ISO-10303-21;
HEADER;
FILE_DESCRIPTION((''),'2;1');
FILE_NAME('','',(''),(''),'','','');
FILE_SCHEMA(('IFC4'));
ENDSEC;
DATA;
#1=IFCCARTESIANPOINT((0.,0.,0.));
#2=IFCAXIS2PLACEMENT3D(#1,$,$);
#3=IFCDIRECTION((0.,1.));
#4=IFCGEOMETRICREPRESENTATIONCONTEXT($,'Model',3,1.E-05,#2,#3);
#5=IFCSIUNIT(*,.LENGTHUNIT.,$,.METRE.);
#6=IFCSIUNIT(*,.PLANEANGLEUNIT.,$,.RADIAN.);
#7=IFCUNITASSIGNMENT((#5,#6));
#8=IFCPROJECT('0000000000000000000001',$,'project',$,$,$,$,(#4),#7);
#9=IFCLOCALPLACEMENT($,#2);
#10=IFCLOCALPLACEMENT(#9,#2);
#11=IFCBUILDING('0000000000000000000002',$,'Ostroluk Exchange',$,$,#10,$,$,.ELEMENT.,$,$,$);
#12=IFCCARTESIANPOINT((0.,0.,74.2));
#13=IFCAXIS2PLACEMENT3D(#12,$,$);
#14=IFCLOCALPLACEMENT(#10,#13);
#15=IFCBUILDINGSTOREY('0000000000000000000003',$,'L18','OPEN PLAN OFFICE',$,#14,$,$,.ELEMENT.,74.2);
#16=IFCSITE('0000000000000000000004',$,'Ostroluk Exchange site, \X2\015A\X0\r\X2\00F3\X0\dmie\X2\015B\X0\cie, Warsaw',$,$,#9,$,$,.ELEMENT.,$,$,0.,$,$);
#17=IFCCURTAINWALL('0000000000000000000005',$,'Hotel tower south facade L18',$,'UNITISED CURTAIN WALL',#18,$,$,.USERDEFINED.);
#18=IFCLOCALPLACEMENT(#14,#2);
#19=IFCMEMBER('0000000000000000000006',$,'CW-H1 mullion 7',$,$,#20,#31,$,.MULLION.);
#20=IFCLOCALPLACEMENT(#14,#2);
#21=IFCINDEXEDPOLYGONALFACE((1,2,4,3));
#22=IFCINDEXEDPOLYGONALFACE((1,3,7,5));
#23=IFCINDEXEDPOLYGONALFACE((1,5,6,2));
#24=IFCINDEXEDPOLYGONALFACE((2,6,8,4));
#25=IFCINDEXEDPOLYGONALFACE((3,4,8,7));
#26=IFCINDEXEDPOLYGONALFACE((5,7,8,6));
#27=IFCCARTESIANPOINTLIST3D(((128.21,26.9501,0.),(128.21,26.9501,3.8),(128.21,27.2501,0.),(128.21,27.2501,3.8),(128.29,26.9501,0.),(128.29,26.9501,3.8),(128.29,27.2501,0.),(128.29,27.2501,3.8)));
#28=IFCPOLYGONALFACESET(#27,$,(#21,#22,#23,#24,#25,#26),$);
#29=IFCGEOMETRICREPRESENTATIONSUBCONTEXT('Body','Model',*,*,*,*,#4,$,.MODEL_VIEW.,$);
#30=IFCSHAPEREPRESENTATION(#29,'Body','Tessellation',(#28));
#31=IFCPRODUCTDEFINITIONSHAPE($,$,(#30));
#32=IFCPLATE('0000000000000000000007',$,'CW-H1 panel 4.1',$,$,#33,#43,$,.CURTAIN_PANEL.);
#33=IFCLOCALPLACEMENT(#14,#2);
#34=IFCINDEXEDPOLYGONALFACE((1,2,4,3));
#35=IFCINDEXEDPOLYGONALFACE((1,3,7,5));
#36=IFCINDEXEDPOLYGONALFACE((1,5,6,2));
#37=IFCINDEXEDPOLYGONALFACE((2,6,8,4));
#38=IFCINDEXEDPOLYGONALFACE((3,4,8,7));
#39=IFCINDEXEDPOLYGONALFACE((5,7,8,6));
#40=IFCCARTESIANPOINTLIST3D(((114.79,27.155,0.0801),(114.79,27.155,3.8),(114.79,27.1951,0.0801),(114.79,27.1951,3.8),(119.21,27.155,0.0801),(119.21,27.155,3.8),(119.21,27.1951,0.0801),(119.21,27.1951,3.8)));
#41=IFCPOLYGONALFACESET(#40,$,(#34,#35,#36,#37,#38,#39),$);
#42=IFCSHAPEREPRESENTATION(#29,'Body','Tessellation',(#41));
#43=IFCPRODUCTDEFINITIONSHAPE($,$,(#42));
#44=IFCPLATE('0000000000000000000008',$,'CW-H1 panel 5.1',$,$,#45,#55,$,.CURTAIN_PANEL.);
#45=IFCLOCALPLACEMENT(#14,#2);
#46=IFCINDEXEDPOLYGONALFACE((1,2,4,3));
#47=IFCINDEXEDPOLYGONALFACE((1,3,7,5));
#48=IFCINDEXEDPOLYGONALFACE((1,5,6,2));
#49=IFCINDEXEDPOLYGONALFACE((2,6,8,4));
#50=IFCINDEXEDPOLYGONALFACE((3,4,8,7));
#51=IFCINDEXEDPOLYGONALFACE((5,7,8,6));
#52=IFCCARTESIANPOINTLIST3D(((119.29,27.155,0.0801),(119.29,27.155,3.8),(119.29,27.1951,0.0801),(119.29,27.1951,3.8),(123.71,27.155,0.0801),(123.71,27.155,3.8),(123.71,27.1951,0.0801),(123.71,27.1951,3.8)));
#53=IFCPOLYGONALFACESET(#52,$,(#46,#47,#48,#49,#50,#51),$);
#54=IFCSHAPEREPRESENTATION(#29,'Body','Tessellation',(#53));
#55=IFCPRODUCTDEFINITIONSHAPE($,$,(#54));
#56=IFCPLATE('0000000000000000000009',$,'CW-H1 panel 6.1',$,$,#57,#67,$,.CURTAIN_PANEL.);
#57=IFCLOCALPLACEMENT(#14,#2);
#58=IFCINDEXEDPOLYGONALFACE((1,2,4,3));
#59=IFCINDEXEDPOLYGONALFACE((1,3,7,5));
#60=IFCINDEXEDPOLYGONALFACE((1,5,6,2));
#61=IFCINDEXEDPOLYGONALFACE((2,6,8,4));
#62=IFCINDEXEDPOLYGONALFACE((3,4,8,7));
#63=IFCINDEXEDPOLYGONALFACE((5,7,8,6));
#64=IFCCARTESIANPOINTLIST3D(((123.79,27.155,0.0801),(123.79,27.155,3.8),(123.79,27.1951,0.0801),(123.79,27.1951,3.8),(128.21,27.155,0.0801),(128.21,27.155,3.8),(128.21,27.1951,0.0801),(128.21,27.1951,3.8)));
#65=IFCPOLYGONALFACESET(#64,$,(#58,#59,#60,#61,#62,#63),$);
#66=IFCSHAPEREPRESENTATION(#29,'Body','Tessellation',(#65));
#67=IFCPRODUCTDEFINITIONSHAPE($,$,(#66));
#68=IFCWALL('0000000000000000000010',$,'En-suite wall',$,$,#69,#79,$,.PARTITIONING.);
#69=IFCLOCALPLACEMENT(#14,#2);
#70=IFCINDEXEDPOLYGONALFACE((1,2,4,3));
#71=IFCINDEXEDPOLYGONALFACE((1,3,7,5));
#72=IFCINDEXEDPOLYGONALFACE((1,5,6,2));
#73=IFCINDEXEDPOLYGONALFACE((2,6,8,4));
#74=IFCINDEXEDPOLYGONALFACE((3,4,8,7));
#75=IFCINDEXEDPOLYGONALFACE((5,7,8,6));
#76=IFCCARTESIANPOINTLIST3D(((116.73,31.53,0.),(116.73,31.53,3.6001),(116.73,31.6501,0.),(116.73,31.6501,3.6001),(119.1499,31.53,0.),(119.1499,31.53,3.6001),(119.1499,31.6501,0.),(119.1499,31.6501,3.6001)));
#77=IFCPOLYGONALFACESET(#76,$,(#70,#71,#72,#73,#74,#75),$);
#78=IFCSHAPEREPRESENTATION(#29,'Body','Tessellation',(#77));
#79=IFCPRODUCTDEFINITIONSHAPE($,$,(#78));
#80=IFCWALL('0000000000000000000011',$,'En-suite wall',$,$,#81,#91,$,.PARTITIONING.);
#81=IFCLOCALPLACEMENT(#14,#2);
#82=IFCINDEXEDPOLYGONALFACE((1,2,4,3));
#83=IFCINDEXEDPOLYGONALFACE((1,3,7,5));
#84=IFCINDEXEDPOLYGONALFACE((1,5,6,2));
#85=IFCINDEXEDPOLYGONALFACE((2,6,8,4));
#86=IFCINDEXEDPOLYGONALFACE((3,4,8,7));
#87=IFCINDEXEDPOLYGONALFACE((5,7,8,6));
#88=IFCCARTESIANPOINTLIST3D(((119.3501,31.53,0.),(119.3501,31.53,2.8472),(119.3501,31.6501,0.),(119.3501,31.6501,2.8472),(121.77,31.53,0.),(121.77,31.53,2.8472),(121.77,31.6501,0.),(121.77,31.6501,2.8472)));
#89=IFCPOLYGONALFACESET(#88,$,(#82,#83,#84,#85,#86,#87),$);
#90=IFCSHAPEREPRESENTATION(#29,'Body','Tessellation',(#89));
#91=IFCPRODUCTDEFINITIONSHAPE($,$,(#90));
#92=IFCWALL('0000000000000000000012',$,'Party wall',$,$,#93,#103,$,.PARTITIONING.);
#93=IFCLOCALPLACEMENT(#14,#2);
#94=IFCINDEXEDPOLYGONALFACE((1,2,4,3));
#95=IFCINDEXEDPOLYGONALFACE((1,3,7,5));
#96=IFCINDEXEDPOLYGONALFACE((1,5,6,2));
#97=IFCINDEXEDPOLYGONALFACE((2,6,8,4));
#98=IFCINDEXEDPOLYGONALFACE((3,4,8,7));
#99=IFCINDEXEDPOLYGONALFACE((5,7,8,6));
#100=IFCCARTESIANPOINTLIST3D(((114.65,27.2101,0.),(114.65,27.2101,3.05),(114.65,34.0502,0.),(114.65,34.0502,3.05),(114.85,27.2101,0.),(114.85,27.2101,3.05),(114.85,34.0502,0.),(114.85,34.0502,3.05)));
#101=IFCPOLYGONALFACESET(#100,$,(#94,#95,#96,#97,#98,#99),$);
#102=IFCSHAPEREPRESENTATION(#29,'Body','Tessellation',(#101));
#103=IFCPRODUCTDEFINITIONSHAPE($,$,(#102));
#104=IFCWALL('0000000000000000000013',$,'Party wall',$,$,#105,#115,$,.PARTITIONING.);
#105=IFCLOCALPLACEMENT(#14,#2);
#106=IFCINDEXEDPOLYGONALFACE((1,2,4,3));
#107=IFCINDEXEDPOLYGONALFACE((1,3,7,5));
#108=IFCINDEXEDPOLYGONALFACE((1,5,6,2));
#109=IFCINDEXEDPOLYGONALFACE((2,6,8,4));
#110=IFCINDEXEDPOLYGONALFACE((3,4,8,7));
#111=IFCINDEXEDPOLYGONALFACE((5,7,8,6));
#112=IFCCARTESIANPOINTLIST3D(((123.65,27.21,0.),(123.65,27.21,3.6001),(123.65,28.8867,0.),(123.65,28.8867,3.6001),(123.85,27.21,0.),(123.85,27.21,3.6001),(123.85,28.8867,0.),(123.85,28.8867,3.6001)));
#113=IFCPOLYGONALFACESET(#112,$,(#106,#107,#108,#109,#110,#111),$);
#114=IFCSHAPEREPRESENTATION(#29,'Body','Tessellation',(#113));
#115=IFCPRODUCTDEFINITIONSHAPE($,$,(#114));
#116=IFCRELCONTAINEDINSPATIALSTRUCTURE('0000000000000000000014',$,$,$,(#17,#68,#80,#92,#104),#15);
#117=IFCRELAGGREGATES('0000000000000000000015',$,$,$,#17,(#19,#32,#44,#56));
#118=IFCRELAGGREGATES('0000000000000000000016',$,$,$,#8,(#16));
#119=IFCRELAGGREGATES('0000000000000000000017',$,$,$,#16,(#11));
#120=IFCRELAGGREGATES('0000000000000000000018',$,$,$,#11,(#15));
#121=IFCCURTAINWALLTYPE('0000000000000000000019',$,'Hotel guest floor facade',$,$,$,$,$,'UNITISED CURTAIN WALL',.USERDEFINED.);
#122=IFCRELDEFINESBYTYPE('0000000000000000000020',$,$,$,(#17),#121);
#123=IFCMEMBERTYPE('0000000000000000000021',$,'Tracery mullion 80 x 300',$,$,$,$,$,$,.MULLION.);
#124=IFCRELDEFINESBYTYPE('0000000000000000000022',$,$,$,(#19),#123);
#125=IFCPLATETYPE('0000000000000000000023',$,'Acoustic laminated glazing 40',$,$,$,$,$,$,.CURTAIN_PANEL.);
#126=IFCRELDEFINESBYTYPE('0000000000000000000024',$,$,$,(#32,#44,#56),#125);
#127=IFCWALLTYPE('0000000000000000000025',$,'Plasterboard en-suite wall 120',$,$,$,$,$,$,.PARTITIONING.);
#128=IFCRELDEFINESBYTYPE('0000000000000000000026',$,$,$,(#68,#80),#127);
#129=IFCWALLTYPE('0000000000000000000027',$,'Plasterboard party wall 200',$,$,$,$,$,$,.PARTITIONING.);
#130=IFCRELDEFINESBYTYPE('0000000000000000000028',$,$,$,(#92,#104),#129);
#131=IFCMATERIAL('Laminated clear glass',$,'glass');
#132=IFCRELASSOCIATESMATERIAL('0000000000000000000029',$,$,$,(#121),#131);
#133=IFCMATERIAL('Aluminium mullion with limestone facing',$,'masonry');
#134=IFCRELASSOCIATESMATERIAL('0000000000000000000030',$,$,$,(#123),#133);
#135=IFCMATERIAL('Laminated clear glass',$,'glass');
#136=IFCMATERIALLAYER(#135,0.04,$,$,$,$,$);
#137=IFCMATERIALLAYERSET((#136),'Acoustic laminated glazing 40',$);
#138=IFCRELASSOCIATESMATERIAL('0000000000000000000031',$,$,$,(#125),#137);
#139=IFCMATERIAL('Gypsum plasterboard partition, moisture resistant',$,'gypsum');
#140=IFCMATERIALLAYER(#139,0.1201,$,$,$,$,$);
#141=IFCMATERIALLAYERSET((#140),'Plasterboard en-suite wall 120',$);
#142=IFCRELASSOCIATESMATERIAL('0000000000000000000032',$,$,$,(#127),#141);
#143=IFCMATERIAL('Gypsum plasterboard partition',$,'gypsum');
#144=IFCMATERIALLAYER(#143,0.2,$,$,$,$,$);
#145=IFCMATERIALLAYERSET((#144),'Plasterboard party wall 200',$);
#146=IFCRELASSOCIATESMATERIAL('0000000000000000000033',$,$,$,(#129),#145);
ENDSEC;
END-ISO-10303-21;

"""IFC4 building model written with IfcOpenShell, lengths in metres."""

from ifc_helpers import new_model, si_unit, direction, frame, frame_2d, origin, origin_2d, place, context, subcontext, project, spatial, rectangle, extrude, material, layer, layer_set, material_profile, profile_set, type_object, element, aggregate, save


model = new_model("IFC4")

# Units and contexts
model_context = context("Model", 3, precision=1e-05, world=origin(), true_north=direction((0.0, 1.0)))
body_context = subcontext(model_context, "Body", "Model", "MODEL_VIEW")
ifc_project = project(units=[si_unit("LENGTHUNIT", "METRE"), si_unit("PLANEANGLEUNIT", "RADIAN")], contexts=[model_context])

# Site, building, storey
site_placement = place(None, origin())
site = spatial("IfcSite", under=ifc_project, at=site_placement, Name="Ostroluk Exchange site, Śródmieście, Warsaw", CompositionType="ELEMENT", RefElevation=0.0)
building_placement = place(site_placement, origin())
building = spatial("IfcBuilding", under=site, at=building_placement, Name="Ostroluk Exchange", CompositionType="ELEMENT")
storey_placement = place(building_placement, frame((0.0, 0.0, 74.2)))
storey = spatial("IfcBuildingStorey", under=building, at=storey_placement, Name="L18", Description="OPEN PLAN OFFICE", CompositionType="ELEMENT", Elevation=74.2)

# Curtain wall, member, plates
ifc_material_1 = material(Name="Laminated clear glass", Category="glass")
curtain_wall_type = type_object("IfcCurtainWallType", Name="Hotel guest floor facade", ElementType="UNITISED CURTAIN WALL", PredefinedType="USERDEFINED", material=ifc_material_1)
curtain_wall_placement = place(storey_placement, origin())
curtain_wall = element("IfcCurtainWall", 1, at=curtain_wall_placement, inside=storey, type_object=curtain_wall_type, Name="Hotel tower south facade L18", ObjectType="UNITISED CURTAIN WALL", PredefinedType="USERDEFINED")
ifc_material_2 = material(Name="Aluminium mullion with limestone facing", Category="masonry")
ifc_material_profile_1 = material_profile(ifc_material_2, rectangle(XDim=0.3, YDim=0.0801, at=origin_2d()), Name="Tracery mullion 80 x 300")
ifc_profile_set_1 = profile_set([ifc_material_profile_1], Name="Aluminium mullion with limestone facing")
member_type_1 = type_object("IfcMemberType", Name="Tracery mullion 80 x 300", PredefinedType="MULLION", material=ifc_profile_set_1)
member_1_placement = place(storey_placement, frame((128.25, 27.1001, 0.0), z_axis=(0.0, 0.0, 1.0), x_axis=(0.0, 1.0, 0.0)))
member_1 = element("IfcMember", 2, at=member_1_placement, type_object=member_type_1, Name="CW-H1 mullion 7", PredefinedType="MULLION", context=body_context, shape_type="SweptSolid", body=[
    extrude(rectangle(XDim=0.3, YDim=0.0801, at=origin_2d()), origin(), (0.0, 0.0, 1.0), 3.8),
])
ifc_material_3 = material(Name="Laminated clear glass", Category="glass")
ifc_layer_1 = layer(ifc_material_3, 0.04)
ifc_layer_set_1 = layer_set([ifc_layer_1], Name="Acoustic laminated glazing 40")
plate_type = type_object("IfcPlateType", Name="Acoustic laminated glazing 40", PredefinedType="CURTAIN_PANEL", material=ifc_layer_set_1)
plate_1_placement = place(storey_placement, frame((117.0, 27.175, 0.0801), z_axis=(0.0, 0.0, 1.0), x_axis=(1.0, 0.0, 0.0)))
plate_1 = element("IfcPlate", 3, at=plate_1_placement, type_object=plate_type, Name="CW-H1 panel 4.1", PredefinedType="CURTAIN_PANEL", context=body_context, shape_type="SweptSolid", body=[
    extrude(rectangle(XDim=4.4199, YDim=0.04, at=origin_2d()), origin(), (0.0, 0.0, 1.0), 3.72),
])
plate_2_placement = place(storey_placement, frame((121.5, 27.175, 0.0801), z_axis=(0.0, 0.0, 1.0), x_axis=(1.0, 0.0, 0.0)))
plate_2 = element("IfcPlate", 4, at=plate_2_placement, type_object=plate_type, Name="CW-H1 panel 5.1", PredefinedType="CURTAIN_PANEL", context=body_context, shape_type="SweptSolid", body=[
    extrude(rectangle(XDim=4.4199, YDim=0.04, at=origin_2d()), origin(), (0.0, 0.0, 1.0), 3.72),
])
plate_3_placement = place(storey_placement, frame((126.0, 27.175, 0.0801), z_axis=(0.0, 0.0, 1.0), x_axis=(1.0, 0.0, 0.0)))
plate_3 = element("IfcPlate", 5, at=plate_3_placement, type_object=plate_type, Name="CW-H1 panel 6.1", PredefinedType="CURTAIN_PANEL", context=body_context, shape_type="SweptSolid", body=[
    extrude(rectangle(XDim=4.4199, YDim=0.04, at=origin_2d()), origin(), (0.0, 0.0, 1.0), 3.72),
])
aggregate(curtain_wall, [member_1, plate_1, plate_2, plate_3])

# Walls
ifc_material_4 = material(Name="Gypsum plasterboard partition, moisture resistant", Category="gypsum")
ifc_layer_2 = layer(ifc_material_4, 0.1201)
ifc_layer_set_2 = layer_set([ifc_layer_2], Name="Plasterboard en-suite wall 120")
wall_type_1 = type_object("IfcWallType", Name="Plasterboard en-suite wall 120", PredefinedType="PARTITIONING", material=ifc_layer_set_2)
wall_1_placement = place(storey_placement, frame((116.73, 31.5901, 0.0), z_axis=(0.0, 0.0, 1.0), x_axis=(1.0, 0.0, 0.0)))
element("IfcWall", 6, at=wall_1_placement, inside=storey, type_object=wall_type_1, Name="En-suite wall", PredefinedType="PARTITIONING", context=body_context, shape_type="SweptSolid", body=[
    extrude(rectangle(XDim=2.4199, YDim=0.1201, at=frame_2d((1.21, 0.0))), origin(), (0.0, 0.0, 1.0), 3.6001),
])
wall_2_placement = place(storey_placement, frame((119.3501, 31.5901, 0.0), z_axis=(0.0, 0.0, 1.0), x_axis=(1.0, 0.0, 0.0)))
element("IfcWall", 7, at=wall_2_placement, inside=storey, type_object=wall_type_1, Name="En-suite wall", PredefinedType="PARTITIONING", context=body_context, shape_type="SweptSolid", body=[
    extrude(rectangle(XDim=2.4199, YDim=0.1201, at=frame_2d((1.21, 0.0))), origin(), (0.0, 0.0, 1.0), 2.8472),
])
ifc_material_5 = material(Name="Gypsum plasterboard partition", Category="gypsum")
ifc_layer_3 = layer(ifc_material_5, 0.2)
ifc_layer_set_3 = layer_set([ifc_layer_3], Name="Plasterboard party wall 200")
wall_type_2 = type_object("IfcWallType", Name="Plasterboard party wall 200", PredefinedType="PARTITIONING", material=ifc_layer_set_3)
wall_3_placement = place(storey_placement, frame((114.75, 34.05, 0.0), z_axis=(0.0, 0.0, 1.0), x_axis=(0.0, -1.0, 0.0)))
element("IfcWall", 8, at=wall_3_placement, inside=storey, type_object=wall_type_2, Name="Party wall", PredefinedType="PARTITIONING", context=body_context, shape_type="SweptSolid", body=[
    extrude(rectangle(XDim=6.8401, YDim=0.2, at=frame_2d((3.4199, 0.0))), origin(), (0.0, 0.0, 1.0), 3.05),
])
wall_4_placement = place(storey_placement, frame((123.75, 28.8867, 0.0), z_axis=(0.0, 0.0, 1.0), x_axis=(0.0, -1.0, 0.0)))
element("IfcWall", 9, at=wall_4_placement, inside=storey, type_object=wall_type_2, Name="Party wall", PredefinedType="PARTITIONING", context=body_context, shape_type="SweptSolid", body=[
    extrude(rectangle(XDim=1.6768, YDim=0.2, at=frame_2d((0.8384, 0.0))), origin(), (0.0, 0.0, 1.0), 3.6001),
])

save(model, "model.ifc")
